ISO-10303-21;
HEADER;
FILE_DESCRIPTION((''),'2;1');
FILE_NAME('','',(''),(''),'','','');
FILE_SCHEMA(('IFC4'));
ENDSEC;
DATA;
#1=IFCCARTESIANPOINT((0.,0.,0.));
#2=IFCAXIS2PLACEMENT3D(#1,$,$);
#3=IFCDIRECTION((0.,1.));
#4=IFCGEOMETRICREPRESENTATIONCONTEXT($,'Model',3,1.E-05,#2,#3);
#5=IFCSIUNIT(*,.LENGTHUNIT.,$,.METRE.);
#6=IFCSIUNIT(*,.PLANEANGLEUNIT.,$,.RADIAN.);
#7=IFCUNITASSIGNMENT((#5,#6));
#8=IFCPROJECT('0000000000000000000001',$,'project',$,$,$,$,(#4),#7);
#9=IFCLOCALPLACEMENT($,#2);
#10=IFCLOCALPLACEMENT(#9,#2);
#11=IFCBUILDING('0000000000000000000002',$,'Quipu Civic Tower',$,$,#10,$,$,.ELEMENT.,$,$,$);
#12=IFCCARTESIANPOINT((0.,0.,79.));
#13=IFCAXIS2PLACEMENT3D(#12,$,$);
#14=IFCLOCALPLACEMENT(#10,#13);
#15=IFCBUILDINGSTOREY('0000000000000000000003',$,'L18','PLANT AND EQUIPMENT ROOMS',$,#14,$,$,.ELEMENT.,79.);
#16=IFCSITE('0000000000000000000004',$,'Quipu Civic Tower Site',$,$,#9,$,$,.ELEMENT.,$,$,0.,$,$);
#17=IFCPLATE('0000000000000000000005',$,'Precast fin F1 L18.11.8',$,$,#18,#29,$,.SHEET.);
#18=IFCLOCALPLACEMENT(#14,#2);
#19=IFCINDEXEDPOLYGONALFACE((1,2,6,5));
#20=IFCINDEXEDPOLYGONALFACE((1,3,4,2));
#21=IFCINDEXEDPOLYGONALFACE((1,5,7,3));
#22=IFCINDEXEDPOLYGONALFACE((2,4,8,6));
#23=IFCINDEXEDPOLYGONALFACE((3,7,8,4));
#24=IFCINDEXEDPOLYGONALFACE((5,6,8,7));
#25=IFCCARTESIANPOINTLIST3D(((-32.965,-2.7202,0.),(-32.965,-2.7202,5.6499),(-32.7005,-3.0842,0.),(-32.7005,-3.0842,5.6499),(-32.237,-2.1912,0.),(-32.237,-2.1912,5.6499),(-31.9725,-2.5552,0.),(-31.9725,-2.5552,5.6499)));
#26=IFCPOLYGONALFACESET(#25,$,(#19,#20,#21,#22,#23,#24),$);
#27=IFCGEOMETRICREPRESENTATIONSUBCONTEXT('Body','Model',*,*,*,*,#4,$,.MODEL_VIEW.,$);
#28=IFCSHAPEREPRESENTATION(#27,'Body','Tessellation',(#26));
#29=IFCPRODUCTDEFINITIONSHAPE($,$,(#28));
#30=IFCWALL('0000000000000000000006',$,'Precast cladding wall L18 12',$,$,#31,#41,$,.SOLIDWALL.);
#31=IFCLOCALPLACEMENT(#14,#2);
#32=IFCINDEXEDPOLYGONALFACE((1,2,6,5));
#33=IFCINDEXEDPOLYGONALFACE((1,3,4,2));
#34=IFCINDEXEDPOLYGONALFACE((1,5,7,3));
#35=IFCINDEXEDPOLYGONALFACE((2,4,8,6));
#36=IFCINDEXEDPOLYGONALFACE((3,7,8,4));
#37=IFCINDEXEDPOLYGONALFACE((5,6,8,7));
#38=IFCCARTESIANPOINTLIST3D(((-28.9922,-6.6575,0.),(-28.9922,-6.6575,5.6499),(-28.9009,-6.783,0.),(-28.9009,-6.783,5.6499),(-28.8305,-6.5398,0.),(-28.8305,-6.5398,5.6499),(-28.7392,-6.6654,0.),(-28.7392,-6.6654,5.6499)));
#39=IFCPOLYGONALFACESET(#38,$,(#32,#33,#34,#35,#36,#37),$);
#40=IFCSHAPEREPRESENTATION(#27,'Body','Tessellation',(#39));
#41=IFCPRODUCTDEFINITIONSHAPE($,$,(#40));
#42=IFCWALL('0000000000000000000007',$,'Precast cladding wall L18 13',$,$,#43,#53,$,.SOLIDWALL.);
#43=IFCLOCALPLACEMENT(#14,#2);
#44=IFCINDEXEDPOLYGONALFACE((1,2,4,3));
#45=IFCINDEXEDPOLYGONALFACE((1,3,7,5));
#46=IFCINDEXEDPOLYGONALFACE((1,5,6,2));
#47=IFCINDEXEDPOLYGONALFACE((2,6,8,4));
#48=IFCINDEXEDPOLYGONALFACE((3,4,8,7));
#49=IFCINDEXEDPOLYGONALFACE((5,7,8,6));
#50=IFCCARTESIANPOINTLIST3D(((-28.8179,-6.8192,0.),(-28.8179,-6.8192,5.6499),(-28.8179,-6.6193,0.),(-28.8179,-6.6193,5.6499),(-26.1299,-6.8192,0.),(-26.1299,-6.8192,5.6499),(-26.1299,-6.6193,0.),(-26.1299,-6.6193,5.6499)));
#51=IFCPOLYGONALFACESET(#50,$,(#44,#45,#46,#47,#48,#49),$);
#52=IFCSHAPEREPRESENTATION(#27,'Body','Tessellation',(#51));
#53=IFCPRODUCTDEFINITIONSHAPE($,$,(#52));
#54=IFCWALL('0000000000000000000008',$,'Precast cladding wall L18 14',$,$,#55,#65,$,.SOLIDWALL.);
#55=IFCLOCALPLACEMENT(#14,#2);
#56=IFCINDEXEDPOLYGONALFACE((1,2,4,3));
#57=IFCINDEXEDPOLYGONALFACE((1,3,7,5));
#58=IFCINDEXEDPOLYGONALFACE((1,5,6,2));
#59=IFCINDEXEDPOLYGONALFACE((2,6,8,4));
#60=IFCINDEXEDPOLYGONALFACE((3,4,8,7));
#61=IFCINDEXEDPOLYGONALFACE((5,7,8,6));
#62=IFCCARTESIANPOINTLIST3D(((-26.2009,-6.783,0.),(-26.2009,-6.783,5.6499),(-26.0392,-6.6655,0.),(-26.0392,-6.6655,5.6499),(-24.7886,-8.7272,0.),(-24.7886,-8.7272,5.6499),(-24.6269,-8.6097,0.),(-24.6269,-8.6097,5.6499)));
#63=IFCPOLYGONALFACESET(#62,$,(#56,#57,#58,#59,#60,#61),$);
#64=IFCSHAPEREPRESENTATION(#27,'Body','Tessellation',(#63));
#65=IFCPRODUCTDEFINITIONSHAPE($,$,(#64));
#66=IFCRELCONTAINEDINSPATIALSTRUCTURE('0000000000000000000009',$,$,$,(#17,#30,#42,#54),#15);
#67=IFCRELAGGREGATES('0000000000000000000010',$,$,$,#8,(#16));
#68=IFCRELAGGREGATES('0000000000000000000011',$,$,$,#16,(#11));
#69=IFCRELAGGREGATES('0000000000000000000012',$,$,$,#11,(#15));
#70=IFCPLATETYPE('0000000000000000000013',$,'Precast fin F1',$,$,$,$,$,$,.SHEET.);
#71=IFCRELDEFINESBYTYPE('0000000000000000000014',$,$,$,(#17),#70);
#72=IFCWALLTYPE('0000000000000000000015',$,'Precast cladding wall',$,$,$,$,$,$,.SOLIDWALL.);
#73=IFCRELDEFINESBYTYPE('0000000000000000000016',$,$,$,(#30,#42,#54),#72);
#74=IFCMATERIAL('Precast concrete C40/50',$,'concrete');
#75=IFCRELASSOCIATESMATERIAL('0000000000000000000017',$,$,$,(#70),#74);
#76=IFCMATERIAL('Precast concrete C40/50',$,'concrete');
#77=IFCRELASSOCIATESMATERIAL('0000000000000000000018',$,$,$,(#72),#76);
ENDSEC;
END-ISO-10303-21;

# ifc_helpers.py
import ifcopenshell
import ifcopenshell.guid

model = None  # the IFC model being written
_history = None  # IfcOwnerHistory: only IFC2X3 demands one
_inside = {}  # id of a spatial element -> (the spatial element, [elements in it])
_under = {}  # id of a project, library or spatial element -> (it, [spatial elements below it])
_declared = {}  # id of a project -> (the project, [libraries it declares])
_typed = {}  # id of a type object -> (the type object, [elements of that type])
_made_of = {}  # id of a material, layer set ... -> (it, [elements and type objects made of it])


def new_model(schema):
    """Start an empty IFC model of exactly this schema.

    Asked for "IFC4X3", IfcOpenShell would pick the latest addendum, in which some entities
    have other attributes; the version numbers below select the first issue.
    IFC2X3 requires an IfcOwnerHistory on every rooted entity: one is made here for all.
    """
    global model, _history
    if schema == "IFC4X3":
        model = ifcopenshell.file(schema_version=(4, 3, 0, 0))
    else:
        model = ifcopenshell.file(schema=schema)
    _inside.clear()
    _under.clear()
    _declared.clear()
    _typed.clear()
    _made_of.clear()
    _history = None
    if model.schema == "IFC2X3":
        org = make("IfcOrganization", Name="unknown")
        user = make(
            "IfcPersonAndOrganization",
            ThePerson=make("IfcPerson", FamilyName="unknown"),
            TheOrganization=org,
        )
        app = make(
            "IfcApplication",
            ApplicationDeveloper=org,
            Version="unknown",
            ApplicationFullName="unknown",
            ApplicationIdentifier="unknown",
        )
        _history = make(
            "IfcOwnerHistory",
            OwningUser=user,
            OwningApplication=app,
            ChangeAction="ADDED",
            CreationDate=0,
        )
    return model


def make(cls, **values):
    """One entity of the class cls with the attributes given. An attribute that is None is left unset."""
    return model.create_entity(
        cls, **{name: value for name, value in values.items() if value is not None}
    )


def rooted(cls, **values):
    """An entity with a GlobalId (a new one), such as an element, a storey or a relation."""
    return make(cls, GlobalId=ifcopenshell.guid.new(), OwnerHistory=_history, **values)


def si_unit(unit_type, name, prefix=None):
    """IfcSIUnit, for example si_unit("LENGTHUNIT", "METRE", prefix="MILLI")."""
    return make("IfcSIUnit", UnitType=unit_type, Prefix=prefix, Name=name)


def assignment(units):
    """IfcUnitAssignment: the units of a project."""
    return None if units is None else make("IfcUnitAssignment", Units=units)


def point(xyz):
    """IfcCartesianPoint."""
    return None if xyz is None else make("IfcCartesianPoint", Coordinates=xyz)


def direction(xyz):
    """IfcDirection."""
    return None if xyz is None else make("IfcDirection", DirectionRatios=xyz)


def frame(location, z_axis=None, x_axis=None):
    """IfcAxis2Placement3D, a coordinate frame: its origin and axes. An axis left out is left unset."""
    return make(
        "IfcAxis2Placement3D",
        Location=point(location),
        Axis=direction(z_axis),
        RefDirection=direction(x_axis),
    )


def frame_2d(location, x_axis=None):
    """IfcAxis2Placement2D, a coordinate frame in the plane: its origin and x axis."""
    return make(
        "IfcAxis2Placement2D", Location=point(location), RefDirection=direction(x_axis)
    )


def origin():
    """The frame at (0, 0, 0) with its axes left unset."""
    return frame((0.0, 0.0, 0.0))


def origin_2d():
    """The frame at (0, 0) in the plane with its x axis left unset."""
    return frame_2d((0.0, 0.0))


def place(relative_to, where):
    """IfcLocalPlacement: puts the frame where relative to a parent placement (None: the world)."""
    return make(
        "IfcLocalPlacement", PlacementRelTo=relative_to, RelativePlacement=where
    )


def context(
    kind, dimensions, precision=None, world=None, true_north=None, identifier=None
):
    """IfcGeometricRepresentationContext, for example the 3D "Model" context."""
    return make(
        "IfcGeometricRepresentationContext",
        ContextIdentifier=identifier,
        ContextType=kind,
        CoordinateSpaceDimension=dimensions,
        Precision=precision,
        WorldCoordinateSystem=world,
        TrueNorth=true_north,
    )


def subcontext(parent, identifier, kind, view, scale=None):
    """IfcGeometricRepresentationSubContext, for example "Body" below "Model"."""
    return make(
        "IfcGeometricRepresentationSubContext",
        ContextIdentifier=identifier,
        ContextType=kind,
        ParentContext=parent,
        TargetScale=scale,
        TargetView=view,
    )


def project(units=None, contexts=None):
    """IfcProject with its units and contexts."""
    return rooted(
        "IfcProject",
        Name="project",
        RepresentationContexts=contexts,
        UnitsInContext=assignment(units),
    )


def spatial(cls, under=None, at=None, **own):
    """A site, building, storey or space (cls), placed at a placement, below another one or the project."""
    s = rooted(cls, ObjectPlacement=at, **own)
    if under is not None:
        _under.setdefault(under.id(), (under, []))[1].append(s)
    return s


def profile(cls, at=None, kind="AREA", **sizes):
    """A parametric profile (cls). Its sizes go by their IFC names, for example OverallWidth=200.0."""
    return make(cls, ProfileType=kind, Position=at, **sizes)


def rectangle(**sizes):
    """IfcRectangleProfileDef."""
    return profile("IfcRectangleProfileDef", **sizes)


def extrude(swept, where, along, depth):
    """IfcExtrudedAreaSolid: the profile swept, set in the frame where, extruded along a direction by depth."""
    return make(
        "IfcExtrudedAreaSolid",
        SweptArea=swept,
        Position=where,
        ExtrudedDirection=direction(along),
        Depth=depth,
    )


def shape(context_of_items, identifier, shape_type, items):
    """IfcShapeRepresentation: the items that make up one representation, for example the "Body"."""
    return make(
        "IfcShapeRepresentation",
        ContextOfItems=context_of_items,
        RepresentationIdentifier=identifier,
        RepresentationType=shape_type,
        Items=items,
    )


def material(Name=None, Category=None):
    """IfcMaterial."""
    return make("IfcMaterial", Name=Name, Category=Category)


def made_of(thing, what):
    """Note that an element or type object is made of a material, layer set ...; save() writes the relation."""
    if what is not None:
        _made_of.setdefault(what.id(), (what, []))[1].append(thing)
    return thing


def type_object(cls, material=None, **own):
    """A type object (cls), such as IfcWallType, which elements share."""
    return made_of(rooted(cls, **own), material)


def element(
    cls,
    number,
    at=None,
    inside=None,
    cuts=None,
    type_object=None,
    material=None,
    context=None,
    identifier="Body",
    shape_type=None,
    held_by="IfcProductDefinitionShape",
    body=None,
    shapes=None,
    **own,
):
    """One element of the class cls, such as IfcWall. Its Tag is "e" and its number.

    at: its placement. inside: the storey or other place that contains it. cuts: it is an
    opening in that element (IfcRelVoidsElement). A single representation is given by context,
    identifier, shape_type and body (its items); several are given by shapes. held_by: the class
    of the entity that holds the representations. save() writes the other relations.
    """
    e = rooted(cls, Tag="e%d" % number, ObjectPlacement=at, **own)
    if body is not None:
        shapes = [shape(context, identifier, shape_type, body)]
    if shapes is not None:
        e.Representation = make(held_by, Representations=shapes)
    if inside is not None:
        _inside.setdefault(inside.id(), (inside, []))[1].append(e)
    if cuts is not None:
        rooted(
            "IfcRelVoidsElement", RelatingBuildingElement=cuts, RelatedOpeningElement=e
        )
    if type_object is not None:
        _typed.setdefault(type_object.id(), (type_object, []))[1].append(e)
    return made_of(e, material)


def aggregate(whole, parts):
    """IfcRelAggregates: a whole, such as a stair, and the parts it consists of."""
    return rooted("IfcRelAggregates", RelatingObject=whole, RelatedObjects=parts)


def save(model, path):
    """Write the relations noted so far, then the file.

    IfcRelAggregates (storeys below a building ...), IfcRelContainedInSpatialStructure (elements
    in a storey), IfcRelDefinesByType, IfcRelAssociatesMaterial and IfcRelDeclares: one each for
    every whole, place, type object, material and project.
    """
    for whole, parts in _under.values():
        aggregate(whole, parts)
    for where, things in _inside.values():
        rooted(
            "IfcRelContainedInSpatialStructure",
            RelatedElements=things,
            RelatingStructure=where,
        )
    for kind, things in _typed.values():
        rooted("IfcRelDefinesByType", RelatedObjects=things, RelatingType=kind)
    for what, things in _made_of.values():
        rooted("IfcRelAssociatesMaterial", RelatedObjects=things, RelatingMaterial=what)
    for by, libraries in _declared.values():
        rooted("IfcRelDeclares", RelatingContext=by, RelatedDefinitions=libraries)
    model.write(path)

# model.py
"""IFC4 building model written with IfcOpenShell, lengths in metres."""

from ifc_helpers import new_model, si_unit, direction, frame, frame_2d, origin, origin_2d, place, context, subcontext, project, spatial, rectangle, extrude, material, type_object, element, save


model = new_model("IFC4")

# Units and contexts
model_context = context("Model", 3, precision=1e-05, world=origin(), true_north=direction((0.0, 1.0)))
body_context = subcontext(model_context, "Body", "Model", "MODEL_VIEW")
ifc_project = project(units=[si_unit("LENGTHUNIT", "METRE"), si_unit("PLANEANGLEUNIT", "RADIAN")], contexts=[model_context])

# Site, building, storey
site_placement = place(None, origin())
site = spatial("IfcSite", under=ifc_project, at=site_placement, Name="Quipu Civic Tower Site", CompositionType="ELEMENT", RefElevation=0.0)
building_placement = place(site_placement, origin())
building = spatial("IfcBuilding", under=site, at=building_placement, Name="Quipu Civic Tower", CompositionType="ELEMENT")
storey_placement = place(building_placement, frame((0.0, 0.0, 79.0)))
storey = spatial("IfcBuildingStorey", under=building, at=storey_placement, Name="L18", Description="PLANT AND EQUIPMENT ROOMS", CompositionType="ELEMENT", Elevation=79.0)

# Plate
ifc_material_1 = material(Name="Precast concrete C40/50", Category="concrete")
plate_type = type_object("IfcPlateType", Name="Precast fin F1", PredefinedType="SHEET", material=ifc_material_1)
plate_placement = place(storey_placement, frame((-32.4688, -2.6377, 0.0), z_axis=(0.0, 0.0, 1.0), x_axis=(0.587786, -0.809017, 0.0)))
element("IfcPlate", 1, at=plate_placement, inside=storey, type_object=plate_type, Name="Precast fin F1 L18.11.8", PredefinedType="SHEET", context=body_context, shape_type="SweptSolid", body=[
    extrude(rectangle(XDim=0.45, YDim=0.8999, at=origin_2d()), origin(), (0.0, 0.0, 1.0), 5.6499),
])

# Walls
ifc_material_2 = material(Name="Precast concrete C40/50", Category="concrete")
wall_type = type_object("IfcWallType", Name="Precast cladding wall", PredefinedType="SOLIDWALL", material=ifc_material_2)
wall_1_placement = place(storey_placement, frame((-28.9114, -6.5986, 0.0), z_axis=(0.0, 0.0, 1.0), x_axis=(0.588359, -0.8086, 0.0)))
element("IfcWall", 2, at=wall_1_placement, inside=storey, type_object=wall_type, Name="Precast cladding wall L18 12", PredefinedType="SOLIDWALL", context=body_context, shape_type="SweptSolid", body=[
    extrude(rectangle(XDim=0.1553, YDim=0.2, at=frame_2d((0.0776, 0.0))), origin(), (0.0, 0.0, 1.0), 5.6499),
])
wall_2_placement = place(storey_placement, frame((-28.8179, -6.7192, 0.0), z_axis=(0.0, 0.0, 1.0), x_axis=(1.0, 0.0, 0.0)))
element("IfcWall", 3, at=wall_2_placement, inside=storey, type_object=wall_type, Name="Precast cladding wall L18 13", PredefinedType="SOLIDWALL", context=body_context, shape_type="SweptSolid", body=[
    extrude(rectangle(XDim=2.688, YDim=0.2, at=frame_2d((1.344, 0.0))), origin(), (0.0, 0.0, 1.0), 5.6499),
])
wall_3_placement = place(storey_placement, frame((-26.1201, -6.7241, 0.0), z_axis=(0.0, 0.0, 1.0), x_axis=(0.587706, -0.809074, 0.0)))
element("IfcWall", 4, at=wall_3_placement, inside=storey, type_object=wall_type, Name="Precast cladding wall L18 14", PredefinedType="SOLIDWALL", context=body_context, shape_type="SweptSolid", body=[
    extrude(rectangle(XDim=2.4031, YDim=0.2, at=frame_2d((1.2017, 0.0))), origin(), (0.0, 0.0, 1.0), 5.6499),
])

save(model, "model.ifc")
